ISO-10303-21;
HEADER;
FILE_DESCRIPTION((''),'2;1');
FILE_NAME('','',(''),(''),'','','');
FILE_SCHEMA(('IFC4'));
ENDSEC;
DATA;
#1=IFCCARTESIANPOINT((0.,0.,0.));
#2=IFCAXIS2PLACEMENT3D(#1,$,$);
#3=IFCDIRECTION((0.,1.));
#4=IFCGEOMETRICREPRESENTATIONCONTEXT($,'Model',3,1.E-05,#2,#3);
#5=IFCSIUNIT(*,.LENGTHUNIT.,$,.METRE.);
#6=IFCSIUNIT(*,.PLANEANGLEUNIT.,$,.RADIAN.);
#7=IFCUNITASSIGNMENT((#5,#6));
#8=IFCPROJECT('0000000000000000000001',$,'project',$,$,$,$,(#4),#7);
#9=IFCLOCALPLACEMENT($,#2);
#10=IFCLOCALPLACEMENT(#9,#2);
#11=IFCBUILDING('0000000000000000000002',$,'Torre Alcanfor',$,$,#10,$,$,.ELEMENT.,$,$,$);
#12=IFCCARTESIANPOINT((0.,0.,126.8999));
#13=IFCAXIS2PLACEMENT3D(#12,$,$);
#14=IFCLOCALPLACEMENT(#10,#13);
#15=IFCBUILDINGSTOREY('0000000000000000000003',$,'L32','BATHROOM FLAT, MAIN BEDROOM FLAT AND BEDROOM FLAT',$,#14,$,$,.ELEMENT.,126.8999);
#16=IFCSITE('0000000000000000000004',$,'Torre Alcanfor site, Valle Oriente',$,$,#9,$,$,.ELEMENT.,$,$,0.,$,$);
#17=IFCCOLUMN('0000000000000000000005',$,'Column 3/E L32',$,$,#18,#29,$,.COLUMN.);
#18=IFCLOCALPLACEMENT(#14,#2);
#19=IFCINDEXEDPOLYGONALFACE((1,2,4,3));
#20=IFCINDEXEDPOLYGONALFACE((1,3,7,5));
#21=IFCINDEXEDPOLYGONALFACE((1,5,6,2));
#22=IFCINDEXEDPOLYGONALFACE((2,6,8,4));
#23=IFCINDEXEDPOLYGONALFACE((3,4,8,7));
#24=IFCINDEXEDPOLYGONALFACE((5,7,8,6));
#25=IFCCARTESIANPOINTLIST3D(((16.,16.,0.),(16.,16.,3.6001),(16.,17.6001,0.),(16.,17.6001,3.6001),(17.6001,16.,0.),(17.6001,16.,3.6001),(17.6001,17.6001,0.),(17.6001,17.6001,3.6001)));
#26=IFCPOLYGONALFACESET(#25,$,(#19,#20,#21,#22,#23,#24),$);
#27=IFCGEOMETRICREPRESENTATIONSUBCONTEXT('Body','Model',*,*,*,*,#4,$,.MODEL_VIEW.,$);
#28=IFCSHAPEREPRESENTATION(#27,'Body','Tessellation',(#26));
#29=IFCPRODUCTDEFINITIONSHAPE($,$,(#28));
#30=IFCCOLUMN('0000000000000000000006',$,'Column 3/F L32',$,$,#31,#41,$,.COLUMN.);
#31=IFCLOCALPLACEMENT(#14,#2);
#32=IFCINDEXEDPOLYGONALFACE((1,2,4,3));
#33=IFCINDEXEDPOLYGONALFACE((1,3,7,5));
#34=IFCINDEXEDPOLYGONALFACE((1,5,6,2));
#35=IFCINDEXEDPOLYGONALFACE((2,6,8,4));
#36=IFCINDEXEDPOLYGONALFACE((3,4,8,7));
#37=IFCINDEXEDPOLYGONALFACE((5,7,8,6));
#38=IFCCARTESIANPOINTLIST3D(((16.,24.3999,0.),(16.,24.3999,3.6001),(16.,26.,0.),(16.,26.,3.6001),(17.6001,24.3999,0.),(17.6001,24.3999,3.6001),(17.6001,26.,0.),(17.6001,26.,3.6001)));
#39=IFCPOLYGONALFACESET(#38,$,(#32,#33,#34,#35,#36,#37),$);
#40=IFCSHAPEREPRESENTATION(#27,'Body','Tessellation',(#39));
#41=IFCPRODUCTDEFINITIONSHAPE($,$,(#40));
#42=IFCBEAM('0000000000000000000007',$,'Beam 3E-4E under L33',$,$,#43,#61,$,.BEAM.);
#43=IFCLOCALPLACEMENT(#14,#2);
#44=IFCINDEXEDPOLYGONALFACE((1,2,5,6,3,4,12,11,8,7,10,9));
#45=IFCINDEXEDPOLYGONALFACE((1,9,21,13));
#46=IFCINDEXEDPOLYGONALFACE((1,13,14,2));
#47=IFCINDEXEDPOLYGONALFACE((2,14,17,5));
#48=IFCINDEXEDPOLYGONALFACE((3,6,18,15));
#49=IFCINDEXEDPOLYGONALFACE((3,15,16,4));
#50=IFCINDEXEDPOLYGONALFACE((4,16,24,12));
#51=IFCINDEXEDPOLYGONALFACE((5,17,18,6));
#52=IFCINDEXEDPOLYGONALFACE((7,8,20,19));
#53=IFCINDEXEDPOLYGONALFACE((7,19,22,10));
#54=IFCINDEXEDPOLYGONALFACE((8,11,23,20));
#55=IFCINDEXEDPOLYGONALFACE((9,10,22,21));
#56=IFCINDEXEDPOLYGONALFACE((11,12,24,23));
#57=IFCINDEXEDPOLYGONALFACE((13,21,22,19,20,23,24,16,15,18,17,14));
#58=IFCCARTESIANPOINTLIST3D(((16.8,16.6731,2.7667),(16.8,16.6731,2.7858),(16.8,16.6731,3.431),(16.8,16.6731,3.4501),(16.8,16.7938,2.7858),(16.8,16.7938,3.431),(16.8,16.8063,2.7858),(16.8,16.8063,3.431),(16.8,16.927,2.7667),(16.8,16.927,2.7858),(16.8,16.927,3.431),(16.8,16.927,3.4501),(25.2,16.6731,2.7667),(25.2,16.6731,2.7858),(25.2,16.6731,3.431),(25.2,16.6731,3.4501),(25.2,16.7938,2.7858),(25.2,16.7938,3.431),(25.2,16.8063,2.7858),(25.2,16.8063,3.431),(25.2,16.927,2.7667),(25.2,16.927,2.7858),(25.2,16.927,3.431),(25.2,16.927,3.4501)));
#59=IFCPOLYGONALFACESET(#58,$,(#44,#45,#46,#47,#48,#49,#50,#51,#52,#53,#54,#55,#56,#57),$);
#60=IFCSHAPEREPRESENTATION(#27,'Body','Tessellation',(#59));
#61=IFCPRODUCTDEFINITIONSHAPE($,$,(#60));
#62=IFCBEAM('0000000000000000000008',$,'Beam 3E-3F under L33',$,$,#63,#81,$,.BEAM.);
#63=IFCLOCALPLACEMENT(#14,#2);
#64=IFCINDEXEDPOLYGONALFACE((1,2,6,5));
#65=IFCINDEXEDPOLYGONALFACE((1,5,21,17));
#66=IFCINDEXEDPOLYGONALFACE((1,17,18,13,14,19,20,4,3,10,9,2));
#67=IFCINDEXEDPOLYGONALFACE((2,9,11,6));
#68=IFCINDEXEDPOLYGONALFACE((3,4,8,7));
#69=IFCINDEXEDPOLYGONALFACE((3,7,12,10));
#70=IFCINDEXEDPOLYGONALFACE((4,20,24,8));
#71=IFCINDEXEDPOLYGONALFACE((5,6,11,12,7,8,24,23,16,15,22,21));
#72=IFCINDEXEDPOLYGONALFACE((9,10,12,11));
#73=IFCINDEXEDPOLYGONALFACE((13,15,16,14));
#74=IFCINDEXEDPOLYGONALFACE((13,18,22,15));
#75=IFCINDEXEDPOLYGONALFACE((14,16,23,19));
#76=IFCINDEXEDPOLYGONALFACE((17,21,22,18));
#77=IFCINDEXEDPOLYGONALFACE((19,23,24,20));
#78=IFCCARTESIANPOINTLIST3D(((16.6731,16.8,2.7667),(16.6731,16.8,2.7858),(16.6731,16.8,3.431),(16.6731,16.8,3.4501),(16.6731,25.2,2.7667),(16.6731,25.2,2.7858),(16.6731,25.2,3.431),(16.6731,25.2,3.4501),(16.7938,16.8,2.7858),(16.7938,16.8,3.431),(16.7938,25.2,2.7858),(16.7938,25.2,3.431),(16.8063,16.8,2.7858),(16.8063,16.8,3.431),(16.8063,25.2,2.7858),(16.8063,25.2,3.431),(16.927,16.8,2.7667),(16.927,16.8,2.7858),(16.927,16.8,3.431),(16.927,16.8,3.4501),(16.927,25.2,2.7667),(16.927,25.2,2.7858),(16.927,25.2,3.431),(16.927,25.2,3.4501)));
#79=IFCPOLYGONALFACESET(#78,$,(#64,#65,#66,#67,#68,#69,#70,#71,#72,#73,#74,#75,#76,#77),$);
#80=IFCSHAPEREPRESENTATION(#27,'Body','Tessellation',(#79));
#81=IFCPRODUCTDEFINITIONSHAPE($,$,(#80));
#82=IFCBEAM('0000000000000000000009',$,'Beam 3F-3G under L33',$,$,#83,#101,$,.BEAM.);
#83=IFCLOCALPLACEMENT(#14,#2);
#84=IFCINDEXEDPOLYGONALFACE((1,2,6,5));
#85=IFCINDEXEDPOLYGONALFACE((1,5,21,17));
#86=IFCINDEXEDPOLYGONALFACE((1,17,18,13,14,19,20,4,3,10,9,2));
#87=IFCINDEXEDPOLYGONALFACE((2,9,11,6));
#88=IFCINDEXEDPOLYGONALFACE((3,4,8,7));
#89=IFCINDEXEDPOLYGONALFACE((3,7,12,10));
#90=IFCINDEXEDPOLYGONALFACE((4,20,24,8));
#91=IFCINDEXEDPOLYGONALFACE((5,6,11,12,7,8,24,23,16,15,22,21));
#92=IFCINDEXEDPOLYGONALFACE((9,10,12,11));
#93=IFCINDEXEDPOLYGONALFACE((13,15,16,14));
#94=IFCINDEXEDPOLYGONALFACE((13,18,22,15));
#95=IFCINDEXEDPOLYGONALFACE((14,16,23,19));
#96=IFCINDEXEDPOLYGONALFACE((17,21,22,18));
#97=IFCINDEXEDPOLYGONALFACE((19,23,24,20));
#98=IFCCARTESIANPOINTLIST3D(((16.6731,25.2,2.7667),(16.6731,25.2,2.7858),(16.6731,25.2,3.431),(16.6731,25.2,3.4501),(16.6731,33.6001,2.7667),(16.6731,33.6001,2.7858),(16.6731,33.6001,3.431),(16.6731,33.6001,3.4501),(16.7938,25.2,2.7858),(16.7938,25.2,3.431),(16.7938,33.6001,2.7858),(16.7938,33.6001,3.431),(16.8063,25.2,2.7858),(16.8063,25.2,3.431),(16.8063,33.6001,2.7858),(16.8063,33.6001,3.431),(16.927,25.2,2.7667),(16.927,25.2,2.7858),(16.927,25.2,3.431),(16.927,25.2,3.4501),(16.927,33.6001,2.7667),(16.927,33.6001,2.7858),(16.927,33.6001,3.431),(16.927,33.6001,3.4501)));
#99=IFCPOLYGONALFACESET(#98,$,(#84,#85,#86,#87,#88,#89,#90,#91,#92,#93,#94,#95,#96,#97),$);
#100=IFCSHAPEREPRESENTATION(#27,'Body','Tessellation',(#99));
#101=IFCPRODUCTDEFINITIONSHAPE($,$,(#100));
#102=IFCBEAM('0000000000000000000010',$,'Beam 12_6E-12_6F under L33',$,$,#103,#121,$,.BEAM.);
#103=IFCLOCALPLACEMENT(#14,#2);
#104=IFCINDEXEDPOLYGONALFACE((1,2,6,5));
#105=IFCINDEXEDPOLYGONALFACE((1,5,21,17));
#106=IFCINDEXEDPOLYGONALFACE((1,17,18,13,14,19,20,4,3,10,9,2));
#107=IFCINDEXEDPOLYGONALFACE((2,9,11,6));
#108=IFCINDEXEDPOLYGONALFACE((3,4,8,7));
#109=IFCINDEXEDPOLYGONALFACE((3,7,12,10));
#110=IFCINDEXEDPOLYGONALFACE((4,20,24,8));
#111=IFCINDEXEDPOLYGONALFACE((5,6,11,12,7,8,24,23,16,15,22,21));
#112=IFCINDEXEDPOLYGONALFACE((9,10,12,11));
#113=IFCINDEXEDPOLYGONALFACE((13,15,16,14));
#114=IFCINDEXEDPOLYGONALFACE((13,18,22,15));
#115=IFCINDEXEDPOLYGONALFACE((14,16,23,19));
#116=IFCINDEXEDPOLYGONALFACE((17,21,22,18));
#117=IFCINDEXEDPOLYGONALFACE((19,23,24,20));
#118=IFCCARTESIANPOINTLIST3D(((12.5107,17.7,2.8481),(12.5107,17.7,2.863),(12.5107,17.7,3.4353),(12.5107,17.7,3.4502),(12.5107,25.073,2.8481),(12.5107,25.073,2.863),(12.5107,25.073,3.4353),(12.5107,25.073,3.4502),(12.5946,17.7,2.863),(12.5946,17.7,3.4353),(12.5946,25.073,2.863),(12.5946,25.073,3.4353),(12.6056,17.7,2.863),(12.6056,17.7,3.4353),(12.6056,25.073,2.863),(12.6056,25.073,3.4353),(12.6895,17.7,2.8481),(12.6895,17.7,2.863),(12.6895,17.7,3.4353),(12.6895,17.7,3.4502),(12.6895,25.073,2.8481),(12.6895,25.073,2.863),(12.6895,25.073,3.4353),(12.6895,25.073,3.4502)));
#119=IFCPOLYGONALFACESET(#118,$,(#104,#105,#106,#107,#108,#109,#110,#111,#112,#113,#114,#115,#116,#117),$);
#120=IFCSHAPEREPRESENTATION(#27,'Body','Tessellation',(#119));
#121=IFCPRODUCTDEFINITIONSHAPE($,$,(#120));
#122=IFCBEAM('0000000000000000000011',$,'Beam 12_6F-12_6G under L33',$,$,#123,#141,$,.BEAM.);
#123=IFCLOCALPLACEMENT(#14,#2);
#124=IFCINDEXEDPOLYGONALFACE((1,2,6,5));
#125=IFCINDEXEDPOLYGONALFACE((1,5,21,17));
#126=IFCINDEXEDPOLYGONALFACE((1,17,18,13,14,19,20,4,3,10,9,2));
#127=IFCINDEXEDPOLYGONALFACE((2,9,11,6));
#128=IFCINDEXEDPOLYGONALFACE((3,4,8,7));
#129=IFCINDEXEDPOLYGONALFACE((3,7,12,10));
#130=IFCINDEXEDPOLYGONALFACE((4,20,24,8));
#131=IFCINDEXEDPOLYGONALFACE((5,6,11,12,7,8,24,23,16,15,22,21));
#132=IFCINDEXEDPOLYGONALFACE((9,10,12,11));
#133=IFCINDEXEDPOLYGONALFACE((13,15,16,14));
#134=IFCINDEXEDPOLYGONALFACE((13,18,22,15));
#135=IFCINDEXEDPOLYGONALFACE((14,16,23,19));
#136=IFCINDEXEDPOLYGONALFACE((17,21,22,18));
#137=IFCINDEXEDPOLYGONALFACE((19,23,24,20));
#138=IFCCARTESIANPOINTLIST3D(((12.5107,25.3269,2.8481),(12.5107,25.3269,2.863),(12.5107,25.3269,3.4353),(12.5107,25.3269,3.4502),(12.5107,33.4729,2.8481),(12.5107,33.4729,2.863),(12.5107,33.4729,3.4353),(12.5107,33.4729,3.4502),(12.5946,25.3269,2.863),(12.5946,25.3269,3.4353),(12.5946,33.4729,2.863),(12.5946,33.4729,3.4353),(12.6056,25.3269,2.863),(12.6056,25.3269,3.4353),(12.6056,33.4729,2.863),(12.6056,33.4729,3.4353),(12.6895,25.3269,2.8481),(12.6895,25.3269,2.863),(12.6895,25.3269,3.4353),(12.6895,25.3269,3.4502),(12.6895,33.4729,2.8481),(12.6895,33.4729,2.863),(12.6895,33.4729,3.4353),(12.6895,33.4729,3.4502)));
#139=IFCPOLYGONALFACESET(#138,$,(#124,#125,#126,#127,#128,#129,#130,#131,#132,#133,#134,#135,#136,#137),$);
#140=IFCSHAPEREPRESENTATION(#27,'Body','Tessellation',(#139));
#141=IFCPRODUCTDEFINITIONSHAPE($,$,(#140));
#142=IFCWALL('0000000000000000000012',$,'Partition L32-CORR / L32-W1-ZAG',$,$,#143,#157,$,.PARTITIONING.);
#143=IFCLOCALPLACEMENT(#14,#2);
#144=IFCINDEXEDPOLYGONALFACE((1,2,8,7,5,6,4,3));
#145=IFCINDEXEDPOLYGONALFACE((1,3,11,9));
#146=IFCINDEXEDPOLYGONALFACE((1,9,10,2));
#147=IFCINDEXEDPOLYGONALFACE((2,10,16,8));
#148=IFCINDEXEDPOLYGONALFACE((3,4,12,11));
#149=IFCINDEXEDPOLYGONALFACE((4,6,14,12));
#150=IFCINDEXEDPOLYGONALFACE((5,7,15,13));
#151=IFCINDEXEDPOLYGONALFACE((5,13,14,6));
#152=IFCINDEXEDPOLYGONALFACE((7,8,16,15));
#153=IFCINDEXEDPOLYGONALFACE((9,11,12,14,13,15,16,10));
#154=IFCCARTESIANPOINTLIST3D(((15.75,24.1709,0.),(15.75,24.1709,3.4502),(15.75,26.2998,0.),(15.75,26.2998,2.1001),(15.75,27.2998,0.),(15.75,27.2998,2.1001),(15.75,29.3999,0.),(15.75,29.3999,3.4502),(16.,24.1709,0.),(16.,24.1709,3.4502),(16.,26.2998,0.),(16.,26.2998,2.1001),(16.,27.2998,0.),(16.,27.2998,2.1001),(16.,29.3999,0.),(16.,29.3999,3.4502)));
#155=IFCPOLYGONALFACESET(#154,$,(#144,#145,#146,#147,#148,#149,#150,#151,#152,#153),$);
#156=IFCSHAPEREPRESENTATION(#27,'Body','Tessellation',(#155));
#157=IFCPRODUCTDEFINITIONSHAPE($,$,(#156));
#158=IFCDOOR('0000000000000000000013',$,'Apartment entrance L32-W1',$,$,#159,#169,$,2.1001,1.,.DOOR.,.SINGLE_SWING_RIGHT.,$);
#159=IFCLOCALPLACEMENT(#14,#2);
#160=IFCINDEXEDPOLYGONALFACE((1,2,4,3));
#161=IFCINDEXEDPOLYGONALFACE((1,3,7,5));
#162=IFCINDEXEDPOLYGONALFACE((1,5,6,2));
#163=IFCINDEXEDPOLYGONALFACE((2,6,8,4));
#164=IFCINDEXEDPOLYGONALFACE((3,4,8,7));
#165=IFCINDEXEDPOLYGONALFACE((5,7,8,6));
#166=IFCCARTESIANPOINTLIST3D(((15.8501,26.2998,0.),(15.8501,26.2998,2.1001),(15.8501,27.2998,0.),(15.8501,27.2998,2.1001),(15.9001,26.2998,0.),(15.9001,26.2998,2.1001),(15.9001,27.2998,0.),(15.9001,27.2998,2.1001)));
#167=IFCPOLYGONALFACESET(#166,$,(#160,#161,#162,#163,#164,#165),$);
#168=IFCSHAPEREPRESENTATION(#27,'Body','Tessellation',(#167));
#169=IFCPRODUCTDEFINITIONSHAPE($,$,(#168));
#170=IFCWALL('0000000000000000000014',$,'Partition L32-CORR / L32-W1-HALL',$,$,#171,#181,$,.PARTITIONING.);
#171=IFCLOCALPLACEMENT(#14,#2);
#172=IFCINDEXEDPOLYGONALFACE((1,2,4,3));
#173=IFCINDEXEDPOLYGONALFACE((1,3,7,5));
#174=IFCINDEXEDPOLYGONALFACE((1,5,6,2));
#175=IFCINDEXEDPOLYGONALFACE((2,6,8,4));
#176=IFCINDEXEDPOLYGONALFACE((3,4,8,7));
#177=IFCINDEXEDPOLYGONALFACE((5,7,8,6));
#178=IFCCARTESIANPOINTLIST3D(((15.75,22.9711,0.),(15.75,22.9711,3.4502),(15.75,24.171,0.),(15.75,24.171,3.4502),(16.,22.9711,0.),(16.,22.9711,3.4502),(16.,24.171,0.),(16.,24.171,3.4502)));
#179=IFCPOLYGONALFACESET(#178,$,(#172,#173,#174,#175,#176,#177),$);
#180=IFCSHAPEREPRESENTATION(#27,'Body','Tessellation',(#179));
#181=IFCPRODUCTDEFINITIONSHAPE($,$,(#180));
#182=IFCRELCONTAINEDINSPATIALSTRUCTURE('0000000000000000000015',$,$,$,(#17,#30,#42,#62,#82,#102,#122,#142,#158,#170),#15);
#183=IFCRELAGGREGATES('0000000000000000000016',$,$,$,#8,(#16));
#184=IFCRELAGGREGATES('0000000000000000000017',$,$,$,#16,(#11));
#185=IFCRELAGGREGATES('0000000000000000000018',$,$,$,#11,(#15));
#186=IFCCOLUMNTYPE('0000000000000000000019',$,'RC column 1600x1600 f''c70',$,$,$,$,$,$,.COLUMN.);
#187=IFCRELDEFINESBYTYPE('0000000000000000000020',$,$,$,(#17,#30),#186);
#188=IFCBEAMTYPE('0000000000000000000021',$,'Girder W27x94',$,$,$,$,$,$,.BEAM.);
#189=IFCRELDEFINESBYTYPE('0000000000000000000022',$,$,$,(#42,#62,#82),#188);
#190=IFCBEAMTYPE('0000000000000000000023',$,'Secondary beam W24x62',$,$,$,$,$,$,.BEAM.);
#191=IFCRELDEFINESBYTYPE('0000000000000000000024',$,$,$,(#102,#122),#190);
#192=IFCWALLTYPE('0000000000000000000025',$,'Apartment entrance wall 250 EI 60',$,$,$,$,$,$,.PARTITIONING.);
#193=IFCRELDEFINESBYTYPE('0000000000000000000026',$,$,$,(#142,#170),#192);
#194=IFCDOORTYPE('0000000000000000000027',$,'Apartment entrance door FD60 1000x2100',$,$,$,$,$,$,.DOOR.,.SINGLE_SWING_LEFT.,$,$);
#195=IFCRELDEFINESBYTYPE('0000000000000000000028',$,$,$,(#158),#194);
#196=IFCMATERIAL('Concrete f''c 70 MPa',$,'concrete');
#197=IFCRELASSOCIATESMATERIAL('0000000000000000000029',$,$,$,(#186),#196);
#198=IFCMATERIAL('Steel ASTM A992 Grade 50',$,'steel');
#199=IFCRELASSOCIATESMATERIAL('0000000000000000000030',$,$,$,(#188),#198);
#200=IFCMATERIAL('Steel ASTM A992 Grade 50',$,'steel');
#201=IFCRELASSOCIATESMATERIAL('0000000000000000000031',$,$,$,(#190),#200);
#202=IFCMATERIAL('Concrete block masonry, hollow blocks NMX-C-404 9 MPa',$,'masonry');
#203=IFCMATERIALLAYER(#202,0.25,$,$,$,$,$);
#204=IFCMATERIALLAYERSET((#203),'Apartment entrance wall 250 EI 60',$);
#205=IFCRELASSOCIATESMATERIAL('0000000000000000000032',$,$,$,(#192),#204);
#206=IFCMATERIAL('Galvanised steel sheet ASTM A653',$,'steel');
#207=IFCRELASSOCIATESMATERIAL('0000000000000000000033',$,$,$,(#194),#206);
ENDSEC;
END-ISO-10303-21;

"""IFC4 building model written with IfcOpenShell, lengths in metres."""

from ifc_helpers import new_model, si_unit, direction, frame, frame_2d, origin, origin_2d, place, context, subcontext, project, spatial, rectangle, i_section, extrude, material, layer, layer_set, material_profile, profile_set, type_object, element, fill, save


model = new_model("IFC4")

# Units and contexts
model_context = context("Model", 3, precision=1e-05, world=origin(), true_north=direction((0.0, 1.0)))
body_context = subcontext(model_context, "Body", "Model", "MODEL_VIEW")
ifc_project = project(units=[si_unit("LENGTHUNIT", "METRE"), si_unit("PLANEANGLEUNIT", "RADIAN")], contexts=[model_context])

# Site, building, storey
site_placement = place(None, origin())
site = spatial("IfcSite", under=ifc_project, at=site_placement, Name="Torre Alcanfor site, Valle Oriente", CompositionType="ELEMENT", RefElevation=0.0)
building_placement = place(site_placement, origin())
building = spatial("IfcBuilding", under=site, at=building_placement, Name="Torre Alcanfor", CompositionType="ELEMENT")
storey_placement = place(building_placement, frame((0.0, 0.0, 126.8999)))
storey = spatial("IfcBuildingStorey", under=building, at=storey_placement, Name="L32", Description="BATHROOM FLAT, MAIN BEDROOM FLAT AND BEDROOM FLAT", CompositionType="ELEMENT", Elevation=126.8999)

# Columns
ifc_material_1 = material(Name="Concrete f'c 70 MPa", Category="concrete")
ifc_material_profile_1 = material_profile(ifc_material_1, rectangle(XDim=1.6001, YDim=1.6001, at=origin_2d()), Name="1600x1600")
ifc_profile_set_1 = profile_set([ifc_material_profile_1], Name="Concrete f'c 70 MPa")
column_type = type_object("IfcColumnType", Name="RC column 1600x1600 f'c70", PredefinedType="COLUMN", material=ifc_profile_set_1)
for number, where, z_axis, x_axis, name in (
    (1, (16.8, 16.8, 0.0), (0.0, 0.0, 1.0), (1.0, 0.0, 0.0), "Column 3/E L32"),
    (2, (16.8, 25.2, 0.0), (0.0, 0.0, 1.0), (1.0, 0.0, 0.0), "Column 3/F L32"),
):
    element("IfcColumn", number, at=place(storey_placement, frame(where, z_axis=z_axis, x_axis=x_axis)), inside=storey, type_object=column_type, Name=name, PredefinedType="COLUMN", context=body_context, shape_type="SweptSolid", body=[
        extrude(rectangle(XDim=1.6001, YDim=1.6001, at=origin_2d()), origin(), (0.0, 0.0, 1.0), 3.6001),
    ])

# Beams
ifc_material_2 = material(Name="Steel ASTM A992 Grade 50", Category="steel")
ifc_material_profile_2 = material_profile(ifc_material_2, i_section(OverallWidth=0.2539, OverallDepth=0.6833, WebThickness=0.0125, FlangeThickness=0.019, at=origin_2d()), Name="W27x94")
ifc_profile_set_2 = profile_set([ifc_material_profile_2], Name="Steel ASTM A992 Grade 50")
beam_type_1 = type_object("IfcBeamType", Name="Girder W27x94", PredefinedType="BEAM", material=ifc_profile_set_2)
for number, where, z_axis, x_axis, name in (
    (3, (16.8, 16.8, 3.1084), (1.0, 0.0, 0.0), (0.0, 1.0, 0.0), "Beam 3E-4E under L33"),
    (4, (16.8, 16.8, 3.1084), (0.0, 1.0, 0.0), (-1.0, 0.0, 0.0), "Beam 3E-3F under L33"),
):
    element("IfcBeam", number, at=place(storey_placement, frame(where, z_axis=z_axis, x_axis=x_axis)), inside=storey, type_object=beam_type_1, Name=name, PredefinedType="BEAM", context=body_context, shape_type="SweptSolid", body=[
        extrude(i_section(OverallWidth=0.2539, OverallDepth=0.6833, WebThickness=0.0125, FlangeThickness=0.019, at=origin_2d()), origin(), (0.0, 0.0, 1.0), 8.3999),
    ])
beam_1_placement = place(storey_placement, frame((16.8, 25.2, 3.1084), z_axis=(0.0, 1.0, 0.0), x_axis=(-1.0, 0.0, 0.0)))
element("IfcBeam", 5, at=beam_1_placement, inside=storey, type_object=beam_type_1, Name="Beam 3F-3G under L33", PredefinedType="BEAM", context=body_context, shape_type="SweptSolid", body=[
    extrude(i_section(OverallWidth=0.2539, OverallDepth=0.6833, WebThickness=0.0125, FlangeThickness=0.019, at=origin_2d()), origin(), (0.0, 0.0, 1.0), 8.4001),
])
ifc_material_3 = material(Name="Steel ASTM A992 Grade 50", Category="steel")
ifc_material_profile_3 = material_profile(ifc_material_3, i_section(OverallWidth=0.1787, OverallDepth=0.6021, WebThickness=0.011, FlangeThickness=0.0149, at=origin_2d()), Name="W24x62")
ifc_profile_set_3 = profile_set([ifc_material_profile_3], Name="Steel ASTM A992 Grade 50")
beam_type_2 = type_object("IfcBeamType", Name="Secondary beam W24x62", PredefinedType="BEAM", material=ifc_profile_set_3)
beam_2_placement = place(storey_placement, frame((12.6001, 17.7, 3.1492), z_axis=(0.0, 1.0, 0.0), x_axis=(-1.0, 0.0, 0.0)))
element("IfcBeam", 6, at=beam_2_placement, inside=storey, type_object=beam_type_2, Name="Beam 12_6E-12_6F under L33", PredefinedType="BEAM", context=body_context, shape_type="SweptSolid", body=[
    extrude(i_section(OverallWidth=0.1787, OverallDepth=0.6021, WebThickness=0.011, FlangeThickness=0.0149, at=origin_2d()), origin(), (0.0, 0.0, 1.0), 7.373),
])
beam_3_placement = place(storey_placement, frame((12.6001, 25.3269, 3.1492), z_axis=(0.0, 1.0, 0.0), x_axis=(-1.0, 0.0, 0.0)))
element("IfcBeam", 7, at=beam_3_placement, inside=storey, type_object=beam_type_2, Name="Beam 12_6F-12_6G under L33", PredefinedType="BEAM", context=body_context, shape_type="SweptSolid", body=[
    extrude(i_section(OverallWidth=0.1787, OverallDepth=0.6021, WebThickness=0.011, FlangeThickness=0.0149, at=origin_2d()), origin(), (0.0, 0.0, 1.0), 8.146),
])

# Wall, opening, door
ifc_material_4 = material(Name="Concrete block masonry, hollow blocks NMX-C-404 9 MPa", Category="masonry")
ifc_layer_1 = layer(ifc_material_4, 0.25)
ifc_layer_set_1 = layer_set([ifc_layer_1], Name="Apartment entrance wall 250 EI 60")
wall_type_1 = type_object("IfcWallType", Name="Apartment entrance wall 250 EI 60", PredefinedType="PARTITIONING", material=ifc_layer_set_1)
wall_1_placement = place(storey_placement, frame((15.875, 24.1709, 0.0), z_axis=(0.0, 0.0, 1.0), x_axis=(0.0, 1.0, 0.0)))
wall_1 = element("IfcWall", 8, at=wall_1_placement, inside=storey, type_object=wall_type_1, Name="Partition L32-CORR / L32-W1-ZAG", PredefinedType="PARTITIONING", context=body_context, shape_type="SweptSolid", body=[
    extrude(rectangle(XDim=5.229, YDim=0.25, at=frame_2d((2.6145, 0.0))), origin(), (0.0, 0.0, 1.0), 3.4502),
])
opening_1_placement = place(wall_1_placement, frame((2.1289, 0.0, 0.0)))
opening_1 = element("IfcOpeningElement", 9, at=opening_1_placement, cuts=wall_1, PredefinedType="OPENING", context=body_context, shape_type="SweptSolid", body=[
    extrude(rectangle(XDim=1.0, YDim=2.1001, at=frame_2d((0.5, 1.05))), frame((0.0, 0.135, 0.0), z_axis=(0.0, -1.0, 0.0), x_axis=(1.0, 0.0, 0.0)), (0.0, 0.0, 1.0), 0.27),
])
ifc_material_5 = material(Name="Galvanised steel sheet ASTM A653", Category="steel")
door_type_1 = type_object("IfcDoorType", Name="Apartment entrance door FD60 1000x2100", OperationType="SINGLE_SWING_LEFT", PredefinedType="DOOR", material=ifc_material_5)
door_1_placement = place(opening_1_placement, origin())
door_1 = element("IfcDoor", 10, at=door_1_placement, inside=storey, type_object=door_type_1, Name="Apartment entrance L32-W1", OperationType="SINGLE_SWING_RIGHT", OverallHeight=2.1001, OverallWidth=1.0, PredefinedType="DOOR", context=body_context, shape_type="SweptSolid", body=[
    extrude(rectangle(XDim=1.0, YDim=2.1001, at=frame_2d((0.5, 1.05))), frame((0.0, 0.0249, 0.0), z_axis=(0.0, -1.0, 0.0), x_axis=(1.0, 0.0, 0.0)), (0.0, 0.0, 1.0), 0.05),
])
fill(opening_1, door_1)

# Wall
wall_2_placement = place(storey_placement, frame((15.875, 22.9709, 0.0), z_axis=(0.0, 0.0, 1.0), x_axis=(0.0, 1.0, 0.0)))
element("IfcWall", 11, at=wall_2_placement, inside=storey, type_object=wall_type_1, Name="Partition L32-CORR / L32-W1-HALL", PredefinedType="PARTITIONING", context=body_context, shape_type="SweptSolid", body=[
    extrude(rectangle(XDim=1.2, YDim=0.25, at=frame_2d((0.6001, 0.0))), origin(), (0.0, 0.0, 1.0), 3.4502),
])

save(model, "model.ifc")
